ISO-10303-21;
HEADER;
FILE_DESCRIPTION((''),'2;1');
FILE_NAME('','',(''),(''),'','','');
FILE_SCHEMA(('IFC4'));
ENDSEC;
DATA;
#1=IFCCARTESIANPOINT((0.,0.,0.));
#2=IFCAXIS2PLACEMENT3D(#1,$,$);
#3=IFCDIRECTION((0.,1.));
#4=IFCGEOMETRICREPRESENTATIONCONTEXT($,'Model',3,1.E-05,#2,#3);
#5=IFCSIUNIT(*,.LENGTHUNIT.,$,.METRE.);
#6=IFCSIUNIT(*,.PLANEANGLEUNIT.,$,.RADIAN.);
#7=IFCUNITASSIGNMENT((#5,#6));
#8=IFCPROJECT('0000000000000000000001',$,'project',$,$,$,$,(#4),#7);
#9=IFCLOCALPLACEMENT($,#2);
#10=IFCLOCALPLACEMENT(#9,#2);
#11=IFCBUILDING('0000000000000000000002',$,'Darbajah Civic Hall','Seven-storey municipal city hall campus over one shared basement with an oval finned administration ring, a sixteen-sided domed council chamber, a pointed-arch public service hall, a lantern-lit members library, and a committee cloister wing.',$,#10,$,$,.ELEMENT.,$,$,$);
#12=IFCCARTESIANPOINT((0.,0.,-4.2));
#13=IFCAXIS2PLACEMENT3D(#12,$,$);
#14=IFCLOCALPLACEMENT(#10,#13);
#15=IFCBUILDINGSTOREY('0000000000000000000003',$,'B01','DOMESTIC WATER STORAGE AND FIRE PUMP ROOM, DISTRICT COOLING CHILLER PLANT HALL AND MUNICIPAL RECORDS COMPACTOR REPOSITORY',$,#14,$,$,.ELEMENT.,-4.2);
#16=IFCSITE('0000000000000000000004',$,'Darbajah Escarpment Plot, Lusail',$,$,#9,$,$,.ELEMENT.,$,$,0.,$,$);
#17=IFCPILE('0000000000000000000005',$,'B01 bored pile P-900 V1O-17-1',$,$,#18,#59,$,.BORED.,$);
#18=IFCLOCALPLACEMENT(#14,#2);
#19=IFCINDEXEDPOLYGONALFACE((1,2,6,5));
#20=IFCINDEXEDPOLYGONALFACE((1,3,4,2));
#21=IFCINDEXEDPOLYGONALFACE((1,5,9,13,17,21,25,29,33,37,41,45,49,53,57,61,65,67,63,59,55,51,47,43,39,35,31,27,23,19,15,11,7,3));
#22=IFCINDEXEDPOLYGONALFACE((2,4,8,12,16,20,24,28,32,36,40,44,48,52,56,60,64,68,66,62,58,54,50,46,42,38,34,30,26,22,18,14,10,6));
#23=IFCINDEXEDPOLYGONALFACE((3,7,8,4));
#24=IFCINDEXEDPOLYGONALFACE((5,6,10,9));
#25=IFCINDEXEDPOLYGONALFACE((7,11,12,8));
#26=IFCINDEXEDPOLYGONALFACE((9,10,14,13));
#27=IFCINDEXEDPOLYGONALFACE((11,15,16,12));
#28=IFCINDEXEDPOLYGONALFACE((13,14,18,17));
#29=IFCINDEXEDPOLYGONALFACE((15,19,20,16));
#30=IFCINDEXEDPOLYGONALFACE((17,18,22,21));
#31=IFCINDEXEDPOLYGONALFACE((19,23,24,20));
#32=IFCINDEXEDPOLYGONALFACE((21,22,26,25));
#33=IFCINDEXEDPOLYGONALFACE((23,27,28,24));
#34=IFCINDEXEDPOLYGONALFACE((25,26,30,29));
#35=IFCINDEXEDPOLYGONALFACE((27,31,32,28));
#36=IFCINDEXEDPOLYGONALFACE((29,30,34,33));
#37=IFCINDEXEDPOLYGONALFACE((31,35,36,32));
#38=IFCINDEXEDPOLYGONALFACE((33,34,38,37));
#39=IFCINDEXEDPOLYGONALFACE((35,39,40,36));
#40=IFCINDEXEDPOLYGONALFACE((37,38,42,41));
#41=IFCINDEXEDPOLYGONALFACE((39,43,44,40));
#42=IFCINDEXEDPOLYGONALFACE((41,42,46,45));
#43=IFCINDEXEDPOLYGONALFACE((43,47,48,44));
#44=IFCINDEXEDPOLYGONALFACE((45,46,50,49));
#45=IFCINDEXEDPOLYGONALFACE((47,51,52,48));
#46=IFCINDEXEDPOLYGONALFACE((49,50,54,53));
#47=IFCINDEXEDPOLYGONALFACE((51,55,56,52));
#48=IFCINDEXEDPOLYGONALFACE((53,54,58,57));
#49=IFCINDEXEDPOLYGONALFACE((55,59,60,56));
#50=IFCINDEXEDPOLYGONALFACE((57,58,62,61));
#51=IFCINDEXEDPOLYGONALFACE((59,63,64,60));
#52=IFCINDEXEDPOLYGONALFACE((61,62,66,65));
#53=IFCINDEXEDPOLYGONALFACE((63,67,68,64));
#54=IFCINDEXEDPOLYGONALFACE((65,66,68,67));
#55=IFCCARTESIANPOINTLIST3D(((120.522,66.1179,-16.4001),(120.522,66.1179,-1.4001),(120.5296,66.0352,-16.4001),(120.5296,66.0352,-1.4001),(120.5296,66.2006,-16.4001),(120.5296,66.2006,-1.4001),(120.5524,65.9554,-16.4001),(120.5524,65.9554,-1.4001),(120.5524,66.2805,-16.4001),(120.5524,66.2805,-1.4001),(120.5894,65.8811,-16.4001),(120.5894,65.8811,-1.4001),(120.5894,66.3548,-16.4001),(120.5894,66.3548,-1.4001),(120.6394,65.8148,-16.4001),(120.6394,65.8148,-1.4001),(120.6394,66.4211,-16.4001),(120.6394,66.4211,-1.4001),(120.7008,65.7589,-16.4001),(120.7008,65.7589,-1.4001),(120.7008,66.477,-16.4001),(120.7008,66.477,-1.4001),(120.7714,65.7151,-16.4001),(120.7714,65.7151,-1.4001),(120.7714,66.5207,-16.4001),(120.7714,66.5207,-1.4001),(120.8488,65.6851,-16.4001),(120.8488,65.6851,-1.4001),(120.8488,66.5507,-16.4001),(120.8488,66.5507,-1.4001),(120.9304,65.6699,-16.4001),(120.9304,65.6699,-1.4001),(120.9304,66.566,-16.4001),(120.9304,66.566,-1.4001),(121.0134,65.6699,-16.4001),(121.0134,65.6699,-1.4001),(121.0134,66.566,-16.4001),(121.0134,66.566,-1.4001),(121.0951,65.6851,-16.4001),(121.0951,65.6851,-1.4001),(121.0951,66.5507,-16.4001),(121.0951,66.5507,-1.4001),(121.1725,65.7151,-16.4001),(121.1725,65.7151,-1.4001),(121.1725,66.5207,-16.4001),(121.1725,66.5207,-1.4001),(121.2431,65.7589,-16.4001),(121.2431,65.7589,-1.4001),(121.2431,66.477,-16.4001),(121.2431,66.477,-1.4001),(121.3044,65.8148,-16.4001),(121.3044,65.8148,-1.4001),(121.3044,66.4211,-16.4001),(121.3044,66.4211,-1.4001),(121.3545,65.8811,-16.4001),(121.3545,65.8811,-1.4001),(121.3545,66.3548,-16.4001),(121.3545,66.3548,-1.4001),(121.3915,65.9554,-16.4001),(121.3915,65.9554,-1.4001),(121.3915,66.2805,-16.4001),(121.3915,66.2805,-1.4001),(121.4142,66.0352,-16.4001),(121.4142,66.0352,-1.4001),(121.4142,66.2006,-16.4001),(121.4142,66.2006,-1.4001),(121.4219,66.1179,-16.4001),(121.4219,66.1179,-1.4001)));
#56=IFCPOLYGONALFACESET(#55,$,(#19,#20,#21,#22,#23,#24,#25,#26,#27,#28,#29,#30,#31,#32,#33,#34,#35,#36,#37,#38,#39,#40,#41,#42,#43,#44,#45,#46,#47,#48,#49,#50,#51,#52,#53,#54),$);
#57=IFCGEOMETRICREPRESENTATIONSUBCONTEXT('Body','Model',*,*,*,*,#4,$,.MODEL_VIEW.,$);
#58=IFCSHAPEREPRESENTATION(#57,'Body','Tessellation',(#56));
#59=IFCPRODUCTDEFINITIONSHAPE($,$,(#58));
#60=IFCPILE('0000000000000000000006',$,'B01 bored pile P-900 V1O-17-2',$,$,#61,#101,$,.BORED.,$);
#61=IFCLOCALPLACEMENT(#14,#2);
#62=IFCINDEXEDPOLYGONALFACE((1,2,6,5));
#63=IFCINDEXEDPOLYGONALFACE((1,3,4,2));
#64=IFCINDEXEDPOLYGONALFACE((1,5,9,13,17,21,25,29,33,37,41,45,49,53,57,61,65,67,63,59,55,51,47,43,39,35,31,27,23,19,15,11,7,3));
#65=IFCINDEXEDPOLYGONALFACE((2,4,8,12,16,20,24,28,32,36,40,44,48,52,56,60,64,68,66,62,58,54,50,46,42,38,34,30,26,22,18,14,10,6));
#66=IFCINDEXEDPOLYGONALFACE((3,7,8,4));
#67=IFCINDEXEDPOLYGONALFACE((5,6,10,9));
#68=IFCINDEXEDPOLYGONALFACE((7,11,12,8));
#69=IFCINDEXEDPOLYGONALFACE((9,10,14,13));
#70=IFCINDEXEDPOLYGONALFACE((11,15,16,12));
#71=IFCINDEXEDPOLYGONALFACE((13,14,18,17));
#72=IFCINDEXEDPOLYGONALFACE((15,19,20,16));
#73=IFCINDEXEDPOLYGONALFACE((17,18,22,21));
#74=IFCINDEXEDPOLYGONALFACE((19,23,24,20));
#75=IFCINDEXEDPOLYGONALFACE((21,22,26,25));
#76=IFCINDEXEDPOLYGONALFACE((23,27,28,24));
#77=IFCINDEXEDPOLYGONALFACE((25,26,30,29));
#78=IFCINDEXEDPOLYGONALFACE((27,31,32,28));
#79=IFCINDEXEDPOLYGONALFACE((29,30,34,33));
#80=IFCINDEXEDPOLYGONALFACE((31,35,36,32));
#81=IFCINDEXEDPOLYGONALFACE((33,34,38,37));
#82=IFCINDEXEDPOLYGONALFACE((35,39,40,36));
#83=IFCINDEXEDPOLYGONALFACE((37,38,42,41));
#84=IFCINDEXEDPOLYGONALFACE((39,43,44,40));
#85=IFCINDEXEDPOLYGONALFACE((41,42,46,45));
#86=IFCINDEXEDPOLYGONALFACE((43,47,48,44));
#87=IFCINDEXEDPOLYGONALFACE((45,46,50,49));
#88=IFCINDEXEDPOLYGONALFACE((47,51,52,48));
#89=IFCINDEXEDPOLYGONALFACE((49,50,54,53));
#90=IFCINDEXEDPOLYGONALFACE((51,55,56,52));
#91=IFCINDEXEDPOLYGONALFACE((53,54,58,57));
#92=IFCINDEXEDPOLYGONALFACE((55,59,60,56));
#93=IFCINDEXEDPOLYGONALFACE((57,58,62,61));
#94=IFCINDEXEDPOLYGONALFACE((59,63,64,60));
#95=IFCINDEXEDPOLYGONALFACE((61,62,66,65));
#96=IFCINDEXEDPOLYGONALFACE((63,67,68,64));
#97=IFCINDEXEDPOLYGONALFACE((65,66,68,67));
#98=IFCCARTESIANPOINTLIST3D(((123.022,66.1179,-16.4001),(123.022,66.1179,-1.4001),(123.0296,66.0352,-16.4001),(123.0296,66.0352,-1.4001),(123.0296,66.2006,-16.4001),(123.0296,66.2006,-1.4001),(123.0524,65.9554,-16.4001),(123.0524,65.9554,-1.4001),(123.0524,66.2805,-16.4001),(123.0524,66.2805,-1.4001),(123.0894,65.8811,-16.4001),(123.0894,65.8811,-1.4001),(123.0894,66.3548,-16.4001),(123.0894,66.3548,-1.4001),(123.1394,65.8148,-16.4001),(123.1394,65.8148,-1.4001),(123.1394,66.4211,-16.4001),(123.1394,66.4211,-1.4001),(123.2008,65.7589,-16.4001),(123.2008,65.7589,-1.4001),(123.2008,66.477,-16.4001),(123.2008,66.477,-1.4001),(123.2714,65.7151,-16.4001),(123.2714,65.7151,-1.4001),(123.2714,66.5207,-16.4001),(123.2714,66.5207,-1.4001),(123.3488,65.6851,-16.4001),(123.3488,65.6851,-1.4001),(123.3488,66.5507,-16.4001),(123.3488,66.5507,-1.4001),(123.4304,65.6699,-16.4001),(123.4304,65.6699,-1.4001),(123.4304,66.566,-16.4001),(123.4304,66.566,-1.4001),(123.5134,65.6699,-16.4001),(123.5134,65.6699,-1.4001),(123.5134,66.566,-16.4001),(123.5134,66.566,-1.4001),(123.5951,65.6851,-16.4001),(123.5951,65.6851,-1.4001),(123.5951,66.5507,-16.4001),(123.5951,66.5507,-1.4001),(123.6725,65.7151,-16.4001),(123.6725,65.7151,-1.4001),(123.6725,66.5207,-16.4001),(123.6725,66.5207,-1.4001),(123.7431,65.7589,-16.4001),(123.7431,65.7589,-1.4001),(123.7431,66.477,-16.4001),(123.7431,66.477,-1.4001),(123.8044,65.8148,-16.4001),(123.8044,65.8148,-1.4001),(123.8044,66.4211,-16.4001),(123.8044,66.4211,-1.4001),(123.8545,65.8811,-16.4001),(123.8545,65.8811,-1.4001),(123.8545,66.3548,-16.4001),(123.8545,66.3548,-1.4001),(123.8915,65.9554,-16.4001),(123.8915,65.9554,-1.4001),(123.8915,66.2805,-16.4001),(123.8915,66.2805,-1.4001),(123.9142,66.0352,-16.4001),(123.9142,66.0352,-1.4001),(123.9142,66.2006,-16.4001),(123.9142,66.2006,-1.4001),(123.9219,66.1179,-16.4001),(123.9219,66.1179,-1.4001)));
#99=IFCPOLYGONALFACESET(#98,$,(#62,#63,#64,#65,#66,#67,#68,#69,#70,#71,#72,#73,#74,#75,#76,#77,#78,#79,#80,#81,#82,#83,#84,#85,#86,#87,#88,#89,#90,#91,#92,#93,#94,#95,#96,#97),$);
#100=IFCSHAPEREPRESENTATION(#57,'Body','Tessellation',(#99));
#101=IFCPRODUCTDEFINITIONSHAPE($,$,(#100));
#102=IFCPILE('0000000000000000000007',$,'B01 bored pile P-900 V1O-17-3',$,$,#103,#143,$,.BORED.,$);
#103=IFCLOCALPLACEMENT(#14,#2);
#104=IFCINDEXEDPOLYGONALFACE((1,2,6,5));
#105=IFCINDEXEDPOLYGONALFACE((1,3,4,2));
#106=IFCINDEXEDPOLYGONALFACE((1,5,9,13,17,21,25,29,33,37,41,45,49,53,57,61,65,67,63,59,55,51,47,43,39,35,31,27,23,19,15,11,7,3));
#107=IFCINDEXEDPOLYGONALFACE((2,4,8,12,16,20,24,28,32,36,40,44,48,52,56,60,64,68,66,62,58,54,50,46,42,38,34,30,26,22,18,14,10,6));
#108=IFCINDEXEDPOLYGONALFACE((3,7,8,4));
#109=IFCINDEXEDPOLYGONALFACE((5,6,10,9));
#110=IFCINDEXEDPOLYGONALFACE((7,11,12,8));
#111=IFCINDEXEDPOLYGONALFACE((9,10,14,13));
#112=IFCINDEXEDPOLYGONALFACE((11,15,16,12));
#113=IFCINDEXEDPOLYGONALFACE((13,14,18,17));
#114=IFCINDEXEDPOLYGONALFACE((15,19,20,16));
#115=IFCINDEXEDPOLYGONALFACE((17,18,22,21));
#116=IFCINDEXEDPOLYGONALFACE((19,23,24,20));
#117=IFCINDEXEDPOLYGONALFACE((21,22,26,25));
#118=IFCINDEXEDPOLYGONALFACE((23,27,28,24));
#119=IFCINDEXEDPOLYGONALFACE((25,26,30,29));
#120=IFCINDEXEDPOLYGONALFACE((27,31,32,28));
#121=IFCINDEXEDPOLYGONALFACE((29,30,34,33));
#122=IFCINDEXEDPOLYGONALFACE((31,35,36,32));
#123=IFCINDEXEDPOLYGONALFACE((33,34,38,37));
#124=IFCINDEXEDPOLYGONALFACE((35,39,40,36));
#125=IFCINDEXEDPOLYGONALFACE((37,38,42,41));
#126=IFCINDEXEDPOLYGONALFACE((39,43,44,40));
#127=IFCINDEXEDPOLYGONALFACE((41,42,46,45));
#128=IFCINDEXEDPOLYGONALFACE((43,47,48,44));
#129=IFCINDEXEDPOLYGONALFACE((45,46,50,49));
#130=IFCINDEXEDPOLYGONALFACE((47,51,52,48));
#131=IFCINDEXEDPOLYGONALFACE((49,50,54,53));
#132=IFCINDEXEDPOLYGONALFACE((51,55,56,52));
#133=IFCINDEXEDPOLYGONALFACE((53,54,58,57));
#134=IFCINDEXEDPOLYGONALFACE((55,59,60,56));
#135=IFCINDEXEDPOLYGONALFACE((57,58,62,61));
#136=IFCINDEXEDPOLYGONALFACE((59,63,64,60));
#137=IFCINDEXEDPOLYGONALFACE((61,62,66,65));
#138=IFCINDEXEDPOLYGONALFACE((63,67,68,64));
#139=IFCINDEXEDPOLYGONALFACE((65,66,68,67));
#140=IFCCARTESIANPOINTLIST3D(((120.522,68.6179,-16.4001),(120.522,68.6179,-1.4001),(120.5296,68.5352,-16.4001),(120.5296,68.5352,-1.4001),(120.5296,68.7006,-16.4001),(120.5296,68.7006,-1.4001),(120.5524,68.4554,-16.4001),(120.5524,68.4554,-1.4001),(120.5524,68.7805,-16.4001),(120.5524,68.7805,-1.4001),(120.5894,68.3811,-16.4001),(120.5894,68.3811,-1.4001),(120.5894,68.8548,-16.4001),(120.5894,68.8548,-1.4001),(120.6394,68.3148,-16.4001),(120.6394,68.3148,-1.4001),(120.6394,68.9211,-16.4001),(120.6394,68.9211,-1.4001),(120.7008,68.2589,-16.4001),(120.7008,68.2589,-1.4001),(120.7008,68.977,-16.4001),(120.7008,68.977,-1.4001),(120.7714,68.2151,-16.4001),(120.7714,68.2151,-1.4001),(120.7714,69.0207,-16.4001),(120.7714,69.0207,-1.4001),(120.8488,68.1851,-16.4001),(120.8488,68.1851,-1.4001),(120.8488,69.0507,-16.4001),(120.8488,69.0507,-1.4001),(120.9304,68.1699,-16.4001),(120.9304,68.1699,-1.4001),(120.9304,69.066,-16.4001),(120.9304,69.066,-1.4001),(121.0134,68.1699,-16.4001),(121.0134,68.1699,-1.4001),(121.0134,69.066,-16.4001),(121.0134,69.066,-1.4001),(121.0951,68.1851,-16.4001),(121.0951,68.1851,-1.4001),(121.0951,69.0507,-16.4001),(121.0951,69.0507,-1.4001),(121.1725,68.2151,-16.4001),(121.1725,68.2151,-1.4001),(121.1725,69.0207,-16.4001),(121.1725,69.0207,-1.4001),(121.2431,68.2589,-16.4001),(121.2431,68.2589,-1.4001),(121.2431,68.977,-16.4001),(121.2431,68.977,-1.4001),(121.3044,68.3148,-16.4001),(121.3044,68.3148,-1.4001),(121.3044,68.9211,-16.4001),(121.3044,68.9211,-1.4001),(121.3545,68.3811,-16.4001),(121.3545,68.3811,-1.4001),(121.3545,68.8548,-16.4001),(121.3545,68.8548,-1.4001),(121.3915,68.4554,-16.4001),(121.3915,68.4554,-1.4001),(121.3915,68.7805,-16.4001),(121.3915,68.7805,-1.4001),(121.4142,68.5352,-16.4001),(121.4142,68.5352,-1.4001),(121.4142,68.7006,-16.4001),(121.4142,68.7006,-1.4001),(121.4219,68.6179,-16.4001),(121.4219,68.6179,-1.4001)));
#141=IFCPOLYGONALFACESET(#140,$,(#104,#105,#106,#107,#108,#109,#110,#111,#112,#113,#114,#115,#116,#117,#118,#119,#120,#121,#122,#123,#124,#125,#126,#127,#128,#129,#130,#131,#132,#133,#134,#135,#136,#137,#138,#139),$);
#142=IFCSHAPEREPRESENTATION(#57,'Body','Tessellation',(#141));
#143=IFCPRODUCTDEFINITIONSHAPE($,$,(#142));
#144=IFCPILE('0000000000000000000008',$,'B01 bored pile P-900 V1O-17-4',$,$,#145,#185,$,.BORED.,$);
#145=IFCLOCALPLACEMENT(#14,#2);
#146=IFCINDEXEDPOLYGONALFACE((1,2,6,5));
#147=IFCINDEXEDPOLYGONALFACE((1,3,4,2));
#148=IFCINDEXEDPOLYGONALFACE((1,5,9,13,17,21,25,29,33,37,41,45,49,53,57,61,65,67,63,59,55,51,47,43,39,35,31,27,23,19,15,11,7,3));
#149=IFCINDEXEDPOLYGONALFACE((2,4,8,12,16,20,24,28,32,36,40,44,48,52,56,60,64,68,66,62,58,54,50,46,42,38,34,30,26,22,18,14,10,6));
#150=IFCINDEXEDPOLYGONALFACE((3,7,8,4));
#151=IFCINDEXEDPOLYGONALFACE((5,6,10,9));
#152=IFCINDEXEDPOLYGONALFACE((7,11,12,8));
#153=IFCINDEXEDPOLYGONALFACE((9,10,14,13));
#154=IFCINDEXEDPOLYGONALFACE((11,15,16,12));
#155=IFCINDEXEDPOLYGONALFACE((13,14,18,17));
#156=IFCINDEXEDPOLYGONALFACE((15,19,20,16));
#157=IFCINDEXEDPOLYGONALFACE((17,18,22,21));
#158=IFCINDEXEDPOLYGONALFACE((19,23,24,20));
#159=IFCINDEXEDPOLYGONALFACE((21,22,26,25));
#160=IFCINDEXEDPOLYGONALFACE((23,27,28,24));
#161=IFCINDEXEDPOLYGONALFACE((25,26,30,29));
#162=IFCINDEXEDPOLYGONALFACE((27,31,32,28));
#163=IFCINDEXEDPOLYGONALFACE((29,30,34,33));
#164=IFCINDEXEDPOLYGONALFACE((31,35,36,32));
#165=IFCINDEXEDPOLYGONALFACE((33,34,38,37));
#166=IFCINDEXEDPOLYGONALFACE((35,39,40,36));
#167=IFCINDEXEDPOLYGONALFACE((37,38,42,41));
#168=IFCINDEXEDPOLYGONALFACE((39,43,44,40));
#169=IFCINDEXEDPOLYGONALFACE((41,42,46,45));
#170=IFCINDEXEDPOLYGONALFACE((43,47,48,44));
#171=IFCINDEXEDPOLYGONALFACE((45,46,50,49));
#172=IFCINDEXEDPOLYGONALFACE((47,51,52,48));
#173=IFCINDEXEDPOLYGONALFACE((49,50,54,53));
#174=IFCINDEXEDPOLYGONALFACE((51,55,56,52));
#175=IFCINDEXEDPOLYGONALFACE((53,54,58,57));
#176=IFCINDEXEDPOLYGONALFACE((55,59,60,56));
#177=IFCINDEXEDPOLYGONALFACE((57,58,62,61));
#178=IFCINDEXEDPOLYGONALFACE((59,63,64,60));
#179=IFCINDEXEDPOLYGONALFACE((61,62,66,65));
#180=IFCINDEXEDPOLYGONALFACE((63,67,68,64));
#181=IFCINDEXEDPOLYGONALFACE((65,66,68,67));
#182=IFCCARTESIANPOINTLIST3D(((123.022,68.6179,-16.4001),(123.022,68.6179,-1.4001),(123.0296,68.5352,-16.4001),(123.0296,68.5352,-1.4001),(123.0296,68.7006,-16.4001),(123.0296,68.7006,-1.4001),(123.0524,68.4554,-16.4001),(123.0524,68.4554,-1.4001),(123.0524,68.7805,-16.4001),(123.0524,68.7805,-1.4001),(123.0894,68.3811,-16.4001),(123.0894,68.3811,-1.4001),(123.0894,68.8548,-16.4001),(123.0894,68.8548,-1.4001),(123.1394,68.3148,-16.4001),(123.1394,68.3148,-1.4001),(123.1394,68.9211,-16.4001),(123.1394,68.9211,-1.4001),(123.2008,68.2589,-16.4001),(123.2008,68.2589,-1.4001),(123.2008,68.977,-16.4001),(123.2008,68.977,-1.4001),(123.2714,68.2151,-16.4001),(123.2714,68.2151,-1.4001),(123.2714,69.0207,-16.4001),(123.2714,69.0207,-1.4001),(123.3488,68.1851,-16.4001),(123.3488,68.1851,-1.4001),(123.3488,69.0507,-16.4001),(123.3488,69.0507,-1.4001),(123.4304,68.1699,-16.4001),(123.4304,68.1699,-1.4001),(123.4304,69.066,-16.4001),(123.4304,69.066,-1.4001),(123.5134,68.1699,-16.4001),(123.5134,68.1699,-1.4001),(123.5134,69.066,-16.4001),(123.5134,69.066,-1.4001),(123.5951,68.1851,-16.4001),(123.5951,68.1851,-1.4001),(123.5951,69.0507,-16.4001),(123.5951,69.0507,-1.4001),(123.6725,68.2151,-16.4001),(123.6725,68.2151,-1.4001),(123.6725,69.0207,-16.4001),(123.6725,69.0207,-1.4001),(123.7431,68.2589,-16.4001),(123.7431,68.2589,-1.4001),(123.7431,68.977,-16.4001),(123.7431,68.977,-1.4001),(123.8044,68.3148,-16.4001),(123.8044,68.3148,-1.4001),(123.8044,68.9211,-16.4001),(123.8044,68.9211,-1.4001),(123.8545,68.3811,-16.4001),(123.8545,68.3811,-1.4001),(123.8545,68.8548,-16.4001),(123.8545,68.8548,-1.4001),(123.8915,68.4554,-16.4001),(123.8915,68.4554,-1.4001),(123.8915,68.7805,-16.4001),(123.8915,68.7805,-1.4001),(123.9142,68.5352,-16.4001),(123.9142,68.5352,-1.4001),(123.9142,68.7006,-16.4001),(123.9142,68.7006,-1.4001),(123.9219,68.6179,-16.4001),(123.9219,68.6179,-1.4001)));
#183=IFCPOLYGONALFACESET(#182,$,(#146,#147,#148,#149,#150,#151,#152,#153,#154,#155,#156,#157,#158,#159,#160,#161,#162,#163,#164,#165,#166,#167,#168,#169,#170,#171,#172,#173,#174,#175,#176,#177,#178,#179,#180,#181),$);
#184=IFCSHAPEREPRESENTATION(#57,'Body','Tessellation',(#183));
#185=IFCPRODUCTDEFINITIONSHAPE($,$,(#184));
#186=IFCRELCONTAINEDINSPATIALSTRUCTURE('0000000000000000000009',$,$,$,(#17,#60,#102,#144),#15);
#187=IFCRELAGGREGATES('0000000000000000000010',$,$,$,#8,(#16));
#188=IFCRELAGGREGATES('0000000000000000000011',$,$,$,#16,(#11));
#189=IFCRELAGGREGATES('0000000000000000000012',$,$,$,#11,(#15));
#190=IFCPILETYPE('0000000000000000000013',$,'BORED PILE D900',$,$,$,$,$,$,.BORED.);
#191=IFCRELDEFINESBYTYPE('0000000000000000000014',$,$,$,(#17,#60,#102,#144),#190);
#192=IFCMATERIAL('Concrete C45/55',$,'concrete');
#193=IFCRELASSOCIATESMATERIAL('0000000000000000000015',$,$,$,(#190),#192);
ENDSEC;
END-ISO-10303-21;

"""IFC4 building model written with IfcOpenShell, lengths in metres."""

from ifc_helpers import new_model, si_unit, direction, frame, origin, origin_2d, place, context, subcontext, project, spatial, circle, extrude, material, material_profile, profile_set, type_object, element, save


model = new_model("IFC4")

# Units and contexts
model_context = context("Model", 3, precision=1e-05, world=origin(), true_north=direction((0.0, 1.0)))
body_context = subcontext(model_context, "Body", "Model", "MODEL_VIEW")
ifc_project = project(units=[si_unit("LENGTHUNIT", "METRE"), si_unit("PLANEANGLEUNIT", "RADIAN")], contexts=[model_context])

# Site, building, storey
site_placement = place(None, origin())
site = spatial("IfcSite", under=ifc_project, at=site_placement, Name="Darbajah Escarpment Plot, Lusail", CompositionType="ELEMENT", RefElevation=0.0)
building_placement = place(site_placement, origin())
building = spatial("IfcBuilding", under=site, at=building_placement, Name="Darbajah Civic Hall", Description="Seven-storey municipal city hall campus over one shared basement with an oval finned administration ring, a sixteen-sided domed council chamber, a pointed-arch public service hall, a lantern-lit members library, and a committee cloister wing.", CompositionType="ELEMENT")
storey_placement = place(building_placement, frame((0.0, 0.0, -4.2)))
storey = spatial("IfcBuildingStorey", under=building, at=storey_placement, Name="B01", Description="DOMESTIC WATER STORAGE AND FIRE PUMP ROOM, DISTRICT COOLING CHILLER PLANT HALL AND MUNICIPAL RECORDS COMPACTOR REPOSITORY", CompositionType="ELEMENT", Elevation=-4.2)

# Piles
ifc_material_1 = material(Name="Concrete C45/55", Category="concrete")
ifc_material_profile_1 = material_profile(ifc_material_1, circle(Radius=0.45, at=origin_2d()), Name="BORED PILE D900")
ifc_profile_set_1 = profile_set([ifc_material_profile_1], Name="Concrete C45/55")
pile_type_1 = type_object("IfcPileType", Name="BORED PILE D900", PredefinedType="BORED", material=ifc_profile_set_1)
for number, where, z_axis, x_axis, name in (
    (1, (120.9719, 66.1179, -1.4001), (0.0, 0.0, -1.0), (1.0, 0.0, 0.0), "B01 bored pile P-900 V1O-17-1"),
    (2, (123.4719, 66.1179, -1.4001), (0.0, 0.0, -1.0), (1.0, 0.0, 0.0), "B01 bored pile P-900 V1O-17-2"),
    (3, (120.9719, 68.6179, -1.4001), (0.0, 0.0, -1.0), (1.0, 0.0, 0.0), "B01 bored pile P-900 V1O-17-3"),
    (4, (123.4719, 68.6179, -1.4001), (0.0, 0.0, -1.0), (1.0, 0.0, 0.0), "B01 bored pile P-900 V1O-17-4"),
):
    element("IfcPile", number, at=place(storey_placement, frame(where, z_axis=z_axis, x_axis=x_axis)), inside=storey, type_object=pile_type_1, Name=name, PredefinedType="BORED", context=body_context, shape_type="SweptSolid", body=[
        extrude(circle(Radius=0.45, at=origin_2d()), origin(), (0.0, 0.0, 1.0), 15.0),
    ])

save(model, "model.ifc")
